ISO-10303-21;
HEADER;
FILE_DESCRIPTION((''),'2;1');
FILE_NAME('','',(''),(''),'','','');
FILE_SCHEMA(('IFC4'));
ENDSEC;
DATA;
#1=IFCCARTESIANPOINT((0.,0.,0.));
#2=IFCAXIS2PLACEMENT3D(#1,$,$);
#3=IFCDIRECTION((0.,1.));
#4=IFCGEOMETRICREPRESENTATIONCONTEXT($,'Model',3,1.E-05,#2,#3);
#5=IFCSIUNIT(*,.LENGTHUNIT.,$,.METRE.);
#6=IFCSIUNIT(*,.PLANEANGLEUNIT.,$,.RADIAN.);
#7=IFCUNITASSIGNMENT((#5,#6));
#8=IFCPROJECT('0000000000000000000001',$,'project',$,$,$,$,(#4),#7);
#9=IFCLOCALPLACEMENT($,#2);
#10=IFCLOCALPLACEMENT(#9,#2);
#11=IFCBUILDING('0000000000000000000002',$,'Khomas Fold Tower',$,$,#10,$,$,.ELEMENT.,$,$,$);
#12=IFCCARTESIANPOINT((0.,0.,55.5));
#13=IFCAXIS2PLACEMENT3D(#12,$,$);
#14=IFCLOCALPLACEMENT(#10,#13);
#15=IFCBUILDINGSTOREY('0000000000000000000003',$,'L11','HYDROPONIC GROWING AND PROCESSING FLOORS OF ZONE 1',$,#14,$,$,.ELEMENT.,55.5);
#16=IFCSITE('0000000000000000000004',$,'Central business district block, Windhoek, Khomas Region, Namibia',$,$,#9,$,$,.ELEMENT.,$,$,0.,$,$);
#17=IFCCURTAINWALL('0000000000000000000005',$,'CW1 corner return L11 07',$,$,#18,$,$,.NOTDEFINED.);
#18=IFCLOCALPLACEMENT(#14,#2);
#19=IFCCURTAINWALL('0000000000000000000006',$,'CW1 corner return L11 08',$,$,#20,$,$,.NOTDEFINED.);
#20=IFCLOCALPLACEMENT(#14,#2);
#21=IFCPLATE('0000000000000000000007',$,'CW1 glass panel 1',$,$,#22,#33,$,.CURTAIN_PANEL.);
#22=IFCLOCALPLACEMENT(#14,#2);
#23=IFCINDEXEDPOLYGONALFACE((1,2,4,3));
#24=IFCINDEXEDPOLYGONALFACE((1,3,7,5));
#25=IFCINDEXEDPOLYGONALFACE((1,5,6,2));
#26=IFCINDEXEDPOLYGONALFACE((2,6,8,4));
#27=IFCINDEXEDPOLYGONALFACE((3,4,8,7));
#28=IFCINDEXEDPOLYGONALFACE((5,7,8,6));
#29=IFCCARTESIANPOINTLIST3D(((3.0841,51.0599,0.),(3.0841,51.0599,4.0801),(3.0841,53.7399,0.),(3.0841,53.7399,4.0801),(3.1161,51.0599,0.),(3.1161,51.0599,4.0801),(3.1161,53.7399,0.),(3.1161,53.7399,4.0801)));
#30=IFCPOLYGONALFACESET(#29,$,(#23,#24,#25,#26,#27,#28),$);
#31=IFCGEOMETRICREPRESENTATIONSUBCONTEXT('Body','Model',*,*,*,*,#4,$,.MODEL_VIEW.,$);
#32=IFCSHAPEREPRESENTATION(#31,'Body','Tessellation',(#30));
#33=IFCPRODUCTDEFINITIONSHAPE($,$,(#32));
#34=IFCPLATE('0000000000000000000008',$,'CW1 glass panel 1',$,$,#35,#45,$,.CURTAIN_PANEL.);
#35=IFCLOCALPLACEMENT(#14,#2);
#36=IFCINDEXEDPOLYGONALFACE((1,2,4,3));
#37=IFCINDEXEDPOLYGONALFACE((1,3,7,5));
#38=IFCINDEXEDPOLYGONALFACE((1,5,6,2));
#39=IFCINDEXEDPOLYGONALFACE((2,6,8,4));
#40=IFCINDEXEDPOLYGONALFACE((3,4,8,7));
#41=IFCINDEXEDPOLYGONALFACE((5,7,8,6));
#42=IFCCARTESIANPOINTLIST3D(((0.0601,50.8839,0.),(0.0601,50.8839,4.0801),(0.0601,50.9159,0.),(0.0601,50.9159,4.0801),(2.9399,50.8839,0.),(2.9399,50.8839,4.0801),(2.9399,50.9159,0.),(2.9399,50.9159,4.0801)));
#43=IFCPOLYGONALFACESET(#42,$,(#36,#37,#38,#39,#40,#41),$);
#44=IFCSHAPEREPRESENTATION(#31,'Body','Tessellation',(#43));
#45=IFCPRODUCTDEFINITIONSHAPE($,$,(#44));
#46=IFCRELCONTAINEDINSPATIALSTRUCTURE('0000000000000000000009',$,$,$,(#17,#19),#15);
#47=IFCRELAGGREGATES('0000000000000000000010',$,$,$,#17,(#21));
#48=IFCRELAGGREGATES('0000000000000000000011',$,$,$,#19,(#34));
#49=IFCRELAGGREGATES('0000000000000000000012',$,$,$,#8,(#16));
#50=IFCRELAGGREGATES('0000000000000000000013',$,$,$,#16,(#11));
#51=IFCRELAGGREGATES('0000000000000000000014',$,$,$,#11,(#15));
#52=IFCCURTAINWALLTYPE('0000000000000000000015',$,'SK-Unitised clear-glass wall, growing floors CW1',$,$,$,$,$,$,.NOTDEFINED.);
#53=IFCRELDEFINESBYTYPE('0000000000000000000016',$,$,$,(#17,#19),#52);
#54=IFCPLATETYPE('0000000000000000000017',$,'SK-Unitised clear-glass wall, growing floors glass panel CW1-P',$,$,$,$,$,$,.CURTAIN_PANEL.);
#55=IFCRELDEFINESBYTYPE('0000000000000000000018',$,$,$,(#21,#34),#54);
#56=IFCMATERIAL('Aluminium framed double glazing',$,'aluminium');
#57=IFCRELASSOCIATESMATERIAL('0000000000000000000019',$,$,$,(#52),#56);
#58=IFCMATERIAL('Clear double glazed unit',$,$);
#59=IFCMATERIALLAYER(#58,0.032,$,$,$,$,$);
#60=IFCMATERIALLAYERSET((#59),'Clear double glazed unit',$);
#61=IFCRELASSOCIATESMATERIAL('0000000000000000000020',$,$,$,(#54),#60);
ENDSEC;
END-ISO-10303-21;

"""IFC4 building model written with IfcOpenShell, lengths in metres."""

from ifc_helpers import new_model, si_unit, direction, frame, origin, origin_2d, place, context, subcontext, project, spatial, rectangle, extrude, source, transform, mapped, material, layer, layer_set, type_object, element, aggregate, save


model = new_model("IFC4")

# Units and contexts
model_context = context("Model", 3, precision=1e-05, world=origin(), true_north=direction((0.0, 1.0)))
body_context = subcontext(model_context, "Body", "Model", "MODEL_VIEW")
ifc_project = project(units=[si_unit("LENGTHUNIT", "METRE"), si_unit("PLANEANGLEUNIT", "RADIAN")], contexts=[model_context])

# Site, building, storey
site_placement = place(None, origin())
site = spatial("IfcSite", under=ifc_project, at=site_placement, Name="Central business district block, Windhoek, Khomas Region, Namibia", CompositionType="ELEMENT", RefElevation=0.0)
building_placement = place(site_placement, origin())
building = spatial("IfcBuilding", under=site, at=building_placement, Name="Khomas Fold Tower", CompositionType="ELEMENT")
storey_placement = place(building_placement, frame((0.0, 0.0, 55.5)))
storey = spatial("IfcBuildingStorey", under=building, at=storey_placement, Name="L11", Description="HYDROPONIC GROWING AND PROCESSING FLOORS OF ZONE 1", CompositionType="ELEMENT", Elevation=55.5)

# Shared definitions
ifc_material_1 = material(Name="Aluminium framed double glazing", Category="aluminium")
curtain_wall_type = type_object("IfcCurtainWallType", Name="SK-Unitised clear-glass wall, growing floors CW1", PredefinedType="NOTDEFINED", material=ifc_material_1)

# Curtain walls
curtain_wall_1_placement = place(storey_placement, origin())
curtain_wall_1 = element("IfcCurtainWall", 1, at=curtain_wall_1_placement, inside=storey, type_object=curtain_wall_type, Name="CW1 corner return L11 07", PredefinedType="NOTDEFINED")
curtain_wall_2_placement = place(storey_placement, origin())
curtain_wall_2 = element("IfcCurtainWall", 2, at=curtain_wall_2_placement, inside=storey, type_object=curtain_wall_type, Name="CW1 corner return L11 08", PredefinedType="NOTDEFINED")

# Plates
ifc_material_2 = material(Name="Clear double glazed unit")
ifc_layer = layer(ifc_material_2, 0.032)
ifc_layer_set = layer_set([ifc_layer], Name="Clear double glazed unit")
plate_type = type_object("IfcPlateType", Name="SK-Unitised clear-glass wall, growing floors glass panel CW1-P", PredefinedType="CURTAIN_PANEL", material=ifc_layer_set)
shared_shape_1 = source(origin(), body_context, "Body", "SweptSolid", [
    extrude(rectangle(XDim=2.6799, YDim=0.032, at=origin_2d()), origin(), (0.0, 0.0, 1.0), 4.0801),
])
plate_1_placement = place(storey_placement, frame((3.1001, 52.3999, 0.0), z_axis=(0.0, 0.0, 1.0), x_axis=(0.0, -1.0, 0.0)))
plate_1 = element("IfcPlate", 3, at=plate_1_placement, type_object=plate_type, Name="CW1 glass panel 1", PredefinedType="CURTAIN_PANEL", context=body_context, shape_type="MappedRepresentation", body=[
    mapped(shared_shape_1, transform((0.0, 0.0, 0.0))),
])
aggregate(curtain_wall_1, [plate_1])
shared_shape_2 = source(origin(), body_context, "Body", "SweptSolid", [
    extrude(rectangle(XDim=2.8799, YDim=0.032, at=origin_2d()), origin(), (0.0, 0.0, 1.0), 4.0801),
])
plate_2_placement = place(storey_placement, frame((1.5, 50.8999, 0.0), z_axis=(0.0, 0.0, 1.0), x_axis=(-1.0, 0.0, 0.0)))
plate_2 = element("IfcPlate", 4, at=plate_2_placement, type_object=plate_type, Name="CW1 glass panel 1", PredefinedType="CURTAIN_PANEL", context=body_context, shape_type="MappedRepresentation", body=[
    mapped(shared_shape_2, transform((0.0, 0.0, 0.0))),
])
aggregate(curtain_wall_2, [plate_2])

save(model, "model.ifc")
